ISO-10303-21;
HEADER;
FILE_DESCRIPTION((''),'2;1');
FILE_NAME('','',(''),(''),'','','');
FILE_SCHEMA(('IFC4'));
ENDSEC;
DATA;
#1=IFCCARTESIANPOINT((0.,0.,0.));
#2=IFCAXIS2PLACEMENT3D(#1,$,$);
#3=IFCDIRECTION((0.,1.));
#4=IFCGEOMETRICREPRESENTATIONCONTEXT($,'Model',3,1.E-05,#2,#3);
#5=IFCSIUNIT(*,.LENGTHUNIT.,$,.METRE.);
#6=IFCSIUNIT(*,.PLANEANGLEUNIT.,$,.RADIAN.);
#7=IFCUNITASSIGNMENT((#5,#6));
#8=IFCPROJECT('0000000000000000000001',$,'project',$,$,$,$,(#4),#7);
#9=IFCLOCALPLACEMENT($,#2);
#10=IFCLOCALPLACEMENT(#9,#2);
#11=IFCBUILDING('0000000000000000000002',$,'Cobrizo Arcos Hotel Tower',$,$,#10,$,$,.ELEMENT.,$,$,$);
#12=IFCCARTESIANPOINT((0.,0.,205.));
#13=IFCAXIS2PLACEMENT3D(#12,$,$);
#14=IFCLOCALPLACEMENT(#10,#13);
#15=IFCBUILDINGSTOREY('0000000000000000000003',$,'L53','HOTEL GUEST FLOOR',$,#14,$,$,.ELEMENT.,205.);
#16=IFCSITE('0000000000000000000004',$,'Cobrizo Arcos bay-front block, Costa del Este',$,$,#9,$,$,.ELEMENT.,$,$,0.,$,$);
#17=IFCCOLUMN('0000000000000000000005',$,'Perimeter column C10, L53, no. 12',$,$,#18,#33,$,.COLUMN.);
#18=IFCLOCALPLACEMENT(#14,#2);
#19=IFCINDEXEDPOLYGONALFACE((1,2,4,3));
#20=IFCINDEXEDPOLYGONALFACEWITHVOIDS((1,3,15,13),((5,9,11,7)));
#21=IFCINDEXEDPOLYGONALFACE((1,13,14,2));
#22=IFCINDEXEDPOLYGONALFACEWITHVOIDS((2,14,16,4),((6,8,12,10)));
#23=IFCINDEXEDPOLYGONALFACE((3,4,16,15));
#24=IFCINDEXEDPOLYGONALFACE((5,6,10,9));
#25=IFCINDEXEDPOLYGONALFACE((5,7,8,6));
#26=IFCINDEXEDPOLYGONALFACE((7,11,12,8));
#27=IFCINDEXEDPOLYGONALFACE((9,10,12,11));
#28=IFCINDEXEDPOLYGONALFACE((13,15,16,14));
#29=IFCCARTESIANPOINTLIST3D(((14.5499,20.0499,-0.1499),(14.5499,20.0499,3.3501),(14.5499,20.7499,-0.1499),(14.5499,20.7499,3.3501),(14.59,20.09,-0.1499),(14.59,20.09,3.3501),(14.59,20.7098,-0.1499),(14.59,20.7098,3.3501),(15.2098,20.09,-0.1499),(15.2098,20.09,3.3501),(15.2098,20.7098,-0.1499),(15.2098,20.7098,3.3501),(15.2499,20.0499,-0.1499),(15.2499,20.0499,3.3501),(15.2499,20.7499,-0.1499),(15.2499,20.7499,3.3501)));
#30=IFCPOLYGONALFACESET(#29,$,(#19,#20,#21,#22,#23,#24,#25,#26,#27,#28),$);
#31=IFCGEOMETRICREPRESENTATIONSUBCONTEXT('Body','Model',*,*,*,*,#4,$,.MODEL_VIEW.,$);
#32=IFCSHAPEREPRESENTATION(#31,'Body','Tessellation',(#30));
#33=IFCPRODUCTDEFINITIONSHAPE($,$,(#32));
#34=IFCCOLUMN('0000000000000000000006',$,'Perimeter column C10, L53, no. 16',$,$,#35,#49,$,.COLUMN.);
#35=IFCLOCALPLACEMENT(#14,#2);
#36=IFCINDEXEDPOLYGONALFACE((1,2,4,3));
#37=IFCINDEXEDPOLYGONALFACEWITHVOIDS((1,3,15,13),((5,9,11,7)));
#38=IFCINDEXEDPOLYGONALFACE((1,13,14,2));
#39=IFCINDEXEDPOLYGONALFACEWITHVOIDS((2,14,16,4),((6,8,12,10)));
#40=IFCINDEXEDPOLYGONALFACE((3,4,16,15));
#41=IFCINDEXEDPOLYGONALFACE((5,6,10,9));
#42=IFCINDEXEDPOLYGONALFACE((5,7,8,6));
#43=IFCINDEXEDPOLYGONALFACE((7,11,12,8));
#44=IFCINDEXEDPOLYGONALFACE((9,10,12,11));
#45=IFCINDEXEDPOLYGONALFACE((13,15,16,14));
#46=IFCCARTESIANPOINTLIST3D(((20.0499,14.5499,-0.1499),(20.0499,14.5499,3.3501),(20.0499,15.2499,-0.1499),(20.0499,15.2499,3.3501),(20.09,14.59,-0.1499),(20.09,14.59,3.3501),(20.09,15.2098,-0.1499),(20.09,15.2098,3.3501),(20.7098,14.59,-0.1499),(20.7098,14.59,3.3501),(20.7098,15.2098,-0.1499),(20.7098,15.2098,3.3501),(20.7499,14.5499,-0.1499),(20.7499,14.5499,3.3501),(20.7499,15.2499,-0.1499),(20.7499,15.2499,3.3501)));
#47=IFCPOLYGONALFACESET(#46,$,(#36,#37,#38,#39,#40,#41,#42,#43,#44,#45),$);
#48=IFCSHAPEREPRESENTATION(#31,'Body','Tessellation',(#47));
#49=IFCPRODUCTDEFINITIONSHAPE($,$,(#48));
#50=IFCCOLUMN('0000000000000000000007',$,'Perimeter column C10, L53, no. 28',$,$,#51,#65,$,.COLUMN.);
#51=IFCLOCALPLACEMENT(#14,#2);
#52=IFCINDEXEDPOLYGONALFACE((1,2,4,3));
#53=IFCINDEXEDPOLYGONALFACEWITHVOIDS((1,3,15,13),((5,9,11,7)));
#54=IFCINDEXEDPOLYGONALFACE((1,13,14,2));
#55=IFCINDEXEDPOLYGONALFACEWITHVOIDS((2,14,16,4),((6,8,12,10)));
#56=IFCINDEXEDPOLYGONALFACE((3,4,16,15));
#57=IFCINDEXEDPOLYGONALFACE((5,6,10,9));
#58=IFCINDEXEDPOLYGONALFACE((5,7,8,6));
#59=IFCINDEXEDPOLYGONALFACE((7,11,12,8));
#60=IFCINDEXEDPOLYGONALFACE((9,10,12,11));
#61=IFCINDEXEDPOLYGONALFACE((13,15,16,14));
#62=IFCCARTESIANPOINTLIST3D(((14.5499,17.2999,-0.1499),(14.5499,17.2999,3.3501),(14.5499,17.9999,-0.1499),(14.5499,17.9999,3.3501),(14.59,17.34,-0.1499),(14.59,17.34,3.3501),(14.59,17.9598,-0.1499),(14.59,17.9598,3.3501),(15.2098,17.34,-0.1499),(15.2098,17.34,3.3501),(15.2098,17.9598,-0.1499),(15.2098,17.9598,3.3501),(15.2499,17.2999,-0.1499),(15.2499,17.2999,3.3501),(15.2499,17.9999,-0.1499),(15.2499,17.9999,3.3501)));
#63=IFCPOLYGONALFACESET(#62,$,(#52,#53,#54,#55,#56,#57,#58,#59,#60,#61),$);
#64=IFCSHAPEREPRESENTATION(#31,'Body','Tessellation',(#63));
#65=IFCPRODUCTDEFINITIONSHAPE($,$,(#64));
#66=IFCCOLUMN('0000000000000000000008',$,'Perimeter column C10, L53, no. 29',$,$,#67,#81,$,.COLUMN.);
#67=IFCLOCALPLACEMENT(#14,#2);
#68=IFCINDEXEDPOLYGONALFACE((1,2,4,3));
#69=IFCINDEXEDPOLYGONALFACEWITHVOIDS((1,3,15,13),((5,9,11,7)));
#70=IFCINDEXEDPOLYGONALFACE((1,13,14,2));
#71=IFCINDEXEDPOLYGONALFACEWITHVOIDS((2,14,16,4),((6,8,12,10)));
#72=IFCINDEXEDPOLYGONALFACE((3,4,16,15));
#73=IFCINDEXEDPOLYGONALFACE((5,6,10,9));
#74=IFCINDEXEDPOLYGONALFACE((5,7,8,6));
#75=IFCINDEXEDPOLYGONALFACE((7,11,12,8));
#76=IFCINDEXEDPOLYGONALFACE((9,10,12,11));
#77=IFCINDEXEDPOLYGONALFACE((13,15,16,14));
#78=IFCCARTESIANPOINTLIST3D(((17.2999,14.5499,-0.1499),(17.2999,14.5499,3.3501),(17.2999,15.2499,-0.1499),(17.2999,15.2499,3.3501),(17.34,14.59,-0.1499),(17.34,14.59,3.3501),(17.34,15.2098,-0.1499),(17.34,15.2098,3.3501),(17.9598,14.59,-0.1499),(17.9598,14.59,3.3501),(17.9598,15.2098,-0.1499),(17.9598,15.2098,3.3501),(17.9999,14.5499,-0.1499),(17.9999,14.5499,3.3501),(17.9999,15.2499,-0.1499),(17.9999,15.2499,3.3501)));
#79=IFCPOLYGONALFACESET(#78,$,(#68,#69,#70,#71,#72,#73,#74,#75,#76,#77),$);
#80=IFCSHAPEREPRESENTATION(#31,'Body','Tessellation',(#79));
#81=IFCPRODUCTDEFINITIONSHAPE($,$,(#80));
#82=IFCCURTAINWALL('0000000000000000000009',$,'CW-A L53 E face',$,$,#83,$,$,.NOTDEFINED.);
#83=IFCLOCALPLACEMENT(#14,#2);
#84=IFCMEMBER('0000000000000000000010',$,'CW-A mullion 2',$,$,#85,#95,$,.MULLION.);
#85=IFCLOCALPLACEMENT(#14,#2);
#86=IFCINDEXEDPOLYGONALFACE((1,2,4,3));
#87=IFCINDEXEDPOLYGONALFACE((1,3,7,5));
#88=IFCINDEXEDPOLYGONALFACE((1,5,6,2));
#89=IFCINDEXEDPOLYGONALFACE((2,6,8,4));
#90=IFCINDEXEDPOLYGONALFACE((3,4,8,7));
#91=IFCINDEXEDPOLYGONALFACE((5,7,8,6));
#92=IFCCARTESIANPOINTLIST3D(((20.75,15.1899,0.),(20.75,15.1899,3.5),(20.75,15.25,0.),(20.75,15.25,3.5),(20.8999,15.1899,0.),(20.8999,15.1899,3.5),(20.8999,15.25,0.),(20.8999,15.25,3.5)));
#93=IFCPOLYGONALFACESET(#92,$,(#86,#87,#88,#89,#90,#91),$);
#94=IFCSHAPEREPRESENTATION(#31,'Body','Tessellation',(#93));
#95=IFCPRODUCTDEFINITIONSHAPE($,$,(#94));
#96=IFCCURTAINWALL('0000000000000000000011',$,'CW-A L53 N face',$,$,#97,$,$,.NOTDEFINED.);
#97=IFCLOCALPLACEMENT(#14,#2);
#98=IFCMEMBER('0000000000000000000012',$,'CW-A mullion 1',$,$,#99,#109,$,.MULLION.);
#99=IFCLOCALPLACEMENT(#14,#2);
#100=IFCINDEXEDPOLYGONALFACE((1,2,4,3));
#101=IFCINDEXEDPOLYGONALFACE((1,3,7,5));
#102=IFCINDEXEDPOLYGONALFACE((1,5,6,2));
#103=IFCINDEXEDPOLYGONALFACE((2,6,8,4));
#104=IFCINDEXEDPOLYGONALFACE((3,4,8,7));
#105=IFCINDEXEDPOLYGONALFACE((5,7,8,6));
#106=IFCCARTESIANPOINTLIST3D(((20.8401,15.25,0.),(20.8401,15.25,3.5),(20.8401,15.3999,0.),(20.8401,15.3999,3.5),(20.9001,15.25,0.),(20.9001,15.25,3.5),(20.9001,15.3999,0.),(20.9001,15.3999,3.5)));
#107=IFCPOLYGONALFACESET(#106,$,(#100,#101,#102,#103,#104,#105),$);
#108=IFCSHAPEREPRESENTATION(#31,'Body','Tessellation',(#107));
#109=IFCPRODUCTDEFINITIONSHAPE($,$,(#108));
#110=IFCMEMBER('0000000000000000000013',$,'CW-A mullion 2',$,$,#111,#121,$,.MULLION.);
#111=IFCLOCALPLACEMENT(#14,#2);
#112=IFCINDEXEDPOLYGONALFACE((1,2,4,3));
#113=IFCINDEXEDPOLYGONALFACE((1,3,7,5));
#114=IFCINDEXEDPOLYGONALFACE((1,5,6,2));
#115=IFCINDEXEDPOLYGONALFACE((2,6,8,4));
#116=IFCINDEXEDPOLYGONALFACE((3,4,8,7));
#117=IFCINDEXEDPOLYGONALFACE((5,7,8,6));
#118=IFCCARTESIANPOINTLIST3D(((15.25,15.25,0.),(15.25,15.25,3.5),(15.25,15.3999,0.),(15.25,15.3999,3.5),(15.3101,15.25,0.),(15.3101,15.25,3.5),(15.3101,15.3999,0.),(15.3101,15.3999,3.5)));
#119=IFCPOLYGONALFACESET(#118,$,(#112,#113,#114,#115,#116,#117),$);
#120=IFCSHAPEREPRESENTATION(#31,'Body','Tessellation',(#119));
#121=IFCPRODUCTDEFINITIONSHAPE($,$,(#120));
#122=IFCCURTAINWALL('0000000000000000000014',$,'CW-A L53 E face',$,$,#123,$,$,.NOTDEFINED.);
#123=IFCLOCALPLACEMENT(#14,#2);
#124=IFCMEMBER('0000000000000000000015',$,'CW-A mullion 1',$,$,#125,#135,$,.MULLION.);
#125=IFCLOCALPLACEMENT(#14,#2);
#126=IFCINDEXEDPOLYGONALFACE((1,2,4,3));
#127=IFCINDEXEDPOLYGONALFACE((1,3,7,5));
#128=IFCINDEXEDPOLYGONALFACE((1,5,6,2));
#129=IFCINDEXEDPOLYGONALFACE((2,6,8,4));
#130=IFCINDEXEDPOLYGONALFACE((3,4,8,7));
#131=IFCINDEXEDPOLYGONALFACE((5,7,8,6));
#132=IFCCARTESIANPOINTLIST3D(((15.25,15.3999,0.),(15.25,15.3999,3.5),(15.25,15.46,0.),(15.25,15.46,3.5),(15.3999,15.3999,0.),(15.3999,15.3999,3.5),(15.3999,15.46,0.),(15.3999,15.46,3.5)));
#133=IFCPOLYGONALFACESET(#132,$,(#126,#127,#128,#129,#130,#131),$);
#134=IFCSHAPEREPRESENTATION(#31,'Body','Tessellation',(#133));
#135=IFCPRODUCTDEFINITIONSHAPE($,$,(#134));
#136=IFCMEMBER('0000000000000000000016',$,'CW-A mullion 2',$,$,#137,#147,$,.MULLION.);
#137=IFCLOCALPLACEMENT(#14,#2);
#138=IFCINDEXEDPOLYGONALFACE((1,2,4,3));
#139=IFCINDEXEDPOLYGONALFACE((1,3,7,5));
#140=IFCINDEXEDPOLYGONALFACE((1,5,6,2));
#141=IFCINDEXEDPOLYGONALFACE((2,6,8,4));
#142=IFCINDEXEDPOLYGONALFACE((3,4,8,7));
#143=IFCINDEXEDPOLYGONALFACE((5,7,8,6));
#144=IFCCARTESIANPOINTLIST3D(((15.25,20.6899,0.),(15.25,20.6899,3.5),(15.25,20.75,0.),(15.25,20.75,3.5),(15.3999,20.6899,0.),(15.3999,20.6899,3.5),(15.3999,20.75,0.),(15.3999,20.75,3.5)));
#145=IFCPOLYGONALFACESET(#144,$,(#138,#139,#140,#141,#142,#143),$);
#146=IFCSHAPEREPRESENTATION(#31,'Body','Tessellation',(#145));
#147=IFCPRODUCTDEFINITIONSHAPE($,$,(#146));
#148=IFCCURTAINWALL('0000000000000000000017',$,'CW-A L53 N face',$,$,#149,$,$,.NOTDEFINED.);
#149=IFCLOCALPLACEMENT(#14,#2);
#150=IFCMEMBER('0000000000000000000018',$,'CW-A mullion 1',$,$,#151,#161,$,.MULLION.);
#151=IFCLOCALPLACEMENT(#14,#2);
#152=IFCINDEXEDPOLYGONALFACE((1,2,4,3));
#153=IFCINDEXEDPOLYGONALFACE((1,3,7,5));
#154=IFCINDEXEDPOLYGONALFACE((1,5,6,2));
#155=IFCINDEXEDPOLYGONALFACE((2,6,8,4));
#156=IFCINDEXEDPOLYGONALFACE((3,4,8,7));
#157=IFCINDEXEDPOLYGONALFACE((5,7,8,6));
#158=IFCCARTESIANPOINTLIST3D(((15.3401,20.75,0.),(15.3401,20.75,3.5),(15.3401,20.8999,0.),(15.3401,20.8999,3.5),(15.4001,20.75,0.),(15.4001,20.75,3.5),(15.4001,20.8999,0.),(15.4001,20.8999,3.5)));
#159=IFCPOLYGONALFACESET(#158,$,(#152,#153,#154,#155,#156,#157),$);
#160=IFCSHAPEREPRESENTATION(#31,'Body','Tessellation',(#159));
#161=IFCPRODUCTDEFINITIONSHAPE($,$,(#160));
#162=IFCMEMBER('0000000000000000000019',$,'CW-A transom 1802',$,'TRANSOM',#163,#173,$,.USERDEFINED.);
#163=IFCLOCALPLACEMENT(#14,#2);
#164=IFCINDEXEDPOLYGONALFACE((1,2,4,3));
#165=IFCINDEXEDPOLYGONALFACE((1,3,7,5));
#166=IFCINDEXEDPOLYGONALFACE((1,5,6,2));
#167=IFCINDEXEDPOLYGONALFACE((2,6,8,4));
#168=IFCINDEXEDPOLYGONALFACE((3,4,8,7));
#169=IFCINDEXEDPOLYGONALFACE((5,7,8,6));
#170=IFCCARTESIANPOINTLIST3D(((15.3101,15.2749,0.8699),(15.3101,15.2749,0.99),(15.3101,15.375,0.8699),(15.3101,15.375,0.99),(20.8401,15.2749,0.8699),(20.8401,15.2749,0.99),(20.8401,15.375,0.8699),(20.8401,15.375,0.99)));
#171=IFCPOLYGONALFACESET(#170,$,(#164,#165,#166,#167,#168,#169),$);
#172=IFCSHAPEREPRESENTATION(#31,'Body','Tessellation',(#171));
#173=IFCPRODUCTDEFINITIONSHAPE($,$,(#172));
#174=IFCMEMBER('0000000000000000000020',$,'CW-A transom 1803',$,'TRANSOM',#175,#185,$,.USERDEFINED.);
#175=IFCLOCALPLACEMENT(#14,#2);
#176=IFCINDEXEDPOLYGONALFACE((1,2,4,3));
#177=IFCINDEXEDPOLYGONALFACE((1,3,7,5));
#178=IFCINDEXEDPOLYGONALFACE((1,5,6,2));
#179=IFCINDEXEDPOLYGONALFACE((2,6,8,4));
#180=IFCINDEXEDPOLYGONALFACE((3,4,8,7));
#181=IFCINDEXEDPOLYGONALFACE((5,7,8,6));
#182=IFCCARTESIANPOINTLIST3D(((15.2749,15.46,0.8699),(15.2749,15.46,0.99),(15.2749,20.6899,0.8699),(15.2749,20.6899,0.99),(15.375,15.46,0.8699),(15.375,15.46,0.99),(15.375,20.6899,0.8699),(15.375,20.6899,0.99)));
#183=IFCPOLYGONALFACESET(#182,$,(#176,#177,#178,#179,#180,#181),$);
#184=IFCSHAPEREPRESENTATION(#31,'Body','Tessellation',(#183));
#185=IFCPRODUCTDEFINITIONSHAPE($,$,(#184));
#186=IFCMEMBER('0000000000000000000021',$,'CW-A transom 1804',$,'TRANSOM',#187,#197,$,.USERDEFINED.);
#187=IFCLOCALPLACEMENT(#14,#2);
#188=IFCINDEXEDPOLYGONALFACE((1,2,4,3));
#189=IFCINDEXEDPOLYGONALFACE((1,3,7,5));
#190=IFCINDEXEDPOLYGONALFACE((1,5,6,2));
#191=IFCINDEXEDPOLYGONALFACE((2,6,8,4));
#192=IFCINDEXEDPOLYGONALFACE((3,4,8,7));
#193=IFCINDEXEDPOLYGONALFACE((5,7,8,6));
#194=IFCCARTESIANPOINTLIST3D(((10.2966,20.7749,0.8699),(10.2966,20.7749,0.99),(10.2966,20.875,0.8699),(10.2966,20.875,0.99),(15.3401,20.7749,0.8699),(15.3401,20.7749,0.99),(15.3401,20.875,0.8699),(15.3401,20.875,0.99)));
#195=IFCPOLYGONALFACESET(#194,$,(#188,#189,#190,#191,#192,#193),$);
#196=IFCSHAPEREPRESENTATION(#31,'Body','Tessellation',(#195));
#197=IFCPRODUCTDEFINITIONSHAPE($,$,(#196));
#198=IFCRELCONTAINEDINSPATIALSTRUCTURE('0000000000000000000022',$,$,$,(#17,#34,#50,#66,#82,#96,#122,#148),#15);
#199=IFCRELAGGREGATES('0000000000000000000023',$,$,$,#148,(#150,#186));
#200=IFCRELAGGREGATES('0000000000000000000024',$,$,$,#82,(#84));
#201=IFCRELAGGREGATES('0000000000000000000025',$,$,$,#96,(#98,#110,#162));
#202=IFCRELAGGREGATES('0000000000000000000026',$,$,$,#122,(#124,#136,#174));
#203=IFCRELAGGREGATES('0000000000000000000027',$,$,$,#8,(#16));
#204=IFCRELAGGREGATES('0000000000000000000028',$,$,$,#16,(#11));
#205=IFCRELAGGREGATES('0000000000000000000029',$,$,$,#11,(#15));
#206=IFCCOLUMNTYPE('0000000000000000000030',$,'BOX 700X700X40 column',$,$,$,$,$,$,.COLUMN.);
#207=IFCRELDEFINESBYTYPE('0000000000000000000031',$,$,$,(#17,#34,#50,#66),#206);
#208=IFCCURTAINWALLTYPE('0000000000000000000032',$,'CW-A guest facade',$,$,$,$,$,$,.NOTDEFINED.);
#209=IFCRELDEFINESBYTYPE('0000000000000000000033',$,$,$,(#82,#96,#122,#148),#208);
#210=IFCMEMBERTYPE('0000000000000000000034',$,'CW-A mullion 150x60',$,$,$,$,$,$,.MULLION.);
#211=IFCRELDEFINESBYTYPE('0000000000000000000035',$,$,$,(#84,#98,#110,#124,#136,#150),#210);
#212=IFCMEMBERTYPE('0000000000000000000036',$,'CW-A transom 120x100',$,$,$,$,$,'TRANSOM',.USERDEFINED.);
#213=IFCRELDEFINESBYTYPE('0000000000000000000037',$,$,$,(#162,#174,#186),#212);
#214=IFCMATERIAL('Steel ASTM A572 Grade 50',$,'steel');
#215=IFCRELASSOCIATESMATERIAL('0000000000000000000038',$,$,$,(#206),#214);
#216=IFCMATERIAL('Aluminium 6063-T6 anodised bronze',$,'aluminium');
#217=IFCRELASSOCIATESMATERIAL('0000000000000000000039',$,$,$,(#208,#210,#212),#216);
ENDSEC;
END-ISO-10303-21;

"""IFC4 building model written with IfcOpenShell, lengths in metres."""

from ifc_helpers import new_model, si_unit, direction, frame, origin, origin_2d, place, context, subcontext, project, spatial, rectangle, hollow_rectangle, extrude, material, material_profile, profile_set, type_object, element, aggregate, save


model = new_model("IFC4")

# Units and contexts
model_context = context("Model", 3, precision=1e-05, world=origin(), true_north=direction((0.0, 1.0)))
body_context = subcontext(model_context, "Body", "Model", "MODEL_VIEW")
ifc_project = project(units=[si_unit("LENGTHUNIT", "METRE"), si_unit("PLANEANGLEUNIT", "RADIAN")], contexts=[model_context])

# Site, building, storey
site_placement = place(None, origin())
site = spatial("IfcSite", under=ifc_project, at=site_placement, Name="Cobrizo Arcos bay-front block, Costa del Este", CompositionType="ELEMENT", RefElevation=0.0)
building_placement = place(site_placement, origin())
building = spatial("IfcBuilding", under=site, at=building_placement, Name="Cobrizo Arcos Hotel Tower", CompositionType="ELEMENT")
storey_placement = place(building_placement, frame((0.0, 0.0, 205.0)))
storey = spatial("IfcBuildingStorey", under=building, at=storey_placement, Name="L53", Description="HOTEL GUEST FLOOR", CompositionType="ELEMENT", Elevation=205.0)

# Columns
ifc_material_1 = material(Name="Steel ASTM A572 Grade 50", Category="steel")
ifc_material_profile_1 = material_profile(ifc_material_1, hollow_rectangle(XDim=0.7, YDim=0.7, WallThickness=0.04, at=origin_2d()), Name="BOX 700X700X40")
ifc_profile_set_1 = profile_set([ifc_material_profile_1], Name="Steel ASTM A572 Grade 50")
column_type = type_object("IfcColumnType", Name="BOX 700X700X40 column", PredefinedType="COLUMN", material=ifc_profile_set_1)
for number, where, z_axis, x_axis, name in (
    (1, (14.8999, 20.3999, -0.1499), (0.0, 0.0, 1.0), (1.0, 0.0, 0.0), "Perimeter column C10, L53, no. 12"),
    (2, (20.3999, 14.8999, -0.1499), (0.0, 0.0, 1.0), (1.0, 0.0, 0.0), "Perimeter column C10, L53, no. 16"),
    (3, (14.8999, 17.6499, -0.1499), (0.0, 0.0, 1.0), (1.0, 0.0, 0.0), "Perimeter column C10, L53, no. 28"),
    (4, (17.6499, 14.8999, -0.1499), (0.0, 0.0, 1.0), (1.0, 0.0, 0.0), "Perimeter column C10, L53, no. 29"),
):
    element("IfcColumn", number, at=place(storey_placement, frame(where, z_axis=z_axis, x_axis=x_axis)), inside=storey, type_object=column_type, Name=name, PredefinedType="COLUMN", context=body_context, shape_type="SweptSolid", body=[
        extrude(hollow_rectangle(XDim=0.7, YDim=0.7, WallThickness=0.04, at=origin_2d()), origin(), (0.0, 0.0, 1.0), 3.5),
    ])

# Curtain wall, member
ifc_material_2 = material(Name="Aluminium 6063-T6 anodised bronze", Category="aluminium")
curtain_wall_type = type_object("IfcCurtainWallType", Name="CW-A guest facade", PredefinedType="NOTDEFINED", material=ifc_material_2)
curtain_wall_1_placement = place(storey_placement, origin())
curtain_wall_1 = element("IfcCurtainWall", 5, at=curtain_wall_1_placement, inside=storey, type_object=curtain_wall_type, Name="CW-A L53 E face", PredefinedType="NOTDEFINED")
ifc_material_profile_2 = material_profile(ifc_material_2, rectangle(XDim=0.1499, YDim=0.0601, at=origin_2d()), Name="CW-A mullion 150x60")
ifc_profile_set_2 = profile_set([ifc_material_profile_2], Name="Aluminium 6063-T6 anodised bronze")
member_type_1 = type_object("IfcMemberType", Name="CW-A mullion 150x60", PredefinedType="MULLION", material=ifc_profile_set_2)
member_1_placement = place(storey_placement, frame((20.825, 15.22, 0.0), z_axis=(0.0, 0.0, 1.0), x_axis=(1.0, 0.0, 0.0)))
member_1 = element("IfcMember", 6, at=member_1_placement, type_object=member_type_1, Name="CW-A mullion 2", PredefinedType="MULLION", context=body_context, shape_type="SweptSolid", body=[
    extrude(rectangle(XDim=0.1499, YDim=0.0601, at=origin_2d()), origin(), (0.0, 0.0, 1.0), 3.5),
])

# Curtain walls, members
curtain_wall_2_placement = place(storey_placement, origin())
curtain_wall_2 = element("IfcCurtainWall", 7, at=curtain_wall_2_placement, inside=storey, type_object=curtain_wall_type, Name="CW-A L53 N face", PredefinedType="NOTDEFINED")
member_2_placement = place(storey_placement, frame((20.8701, 15.325, 0.0), z_axis=(0.0, 0.0, 1.0), x_axis=(0.0, 1.0, 0.0)))
member_2 = element("IfcMember", 8, at=member_2_placement, type_object=member_type_1, Name="CW-A mullion 1", PredefinedType="MULLION", context=body_context, shape_type="SweptSolid", body=[
    extrude(rectangle(XDim=0.1499, YDim=0.0601, at=origin_2d()), origin(), (0.0, 0.0, 1.0), 3.5),
])
member_3_placement = place(storey_placement, frame((15.28, 15.325, 0.0), z_axis=(0.0, 0.0, 1.0), x_axis=(0.0, 1.0, 0.0)))
member_3 = element("IfcMember", 9, at=member_3_placement, type_object=member_type_1, Name="CW-A mullion 2", PredefinedType="MULLION", context=body_context, shape_type="SweptSolid", body=[
    extrude(rectangle(XDim=0.1499, YDim=0.0601, at=origin_2d()), origin(), (0.0, 0.0, 1.0), 3.5),
])
curtain_wall_3_placement = place(storey_placement, origin())
curtain_wall_3 = element("IfcCurtainWall", 10, at=curtain_wall_3_placement, inside=storey, type_object=curtain_wall_type, Name="CW-A L53 E face", PredefinedType="NOTDEFINED")
member_4_placement = place(storey_placement, frame((15.325, 15.4299, 0.0), z_axis=(0.0, 0.0, 1.0), x_axis=(1.0, 0.0, 0.0)))
member_4 = element("IfcMember", 11, at=member_4_placement, type_object=member_type_1, Name="CW-A mullion 1", PredefinedType="MULLION", context=body_context, shape_type="SweptSolid", body=[
    extrude(rectangle(XDim=0.1499, YDim=0.0601, at=origin_2d()), origin(), (0.0, 0.0, 1.0), 3.5),
])
member_5_placement = place(storey_placement, frame((15.325, 20.72, 0.0), z_axis=(0.0, 0.0, 1.0), x_axis=(1.0, 0.0, 0.0)))
member_5 = element("IfcMember", 12, at=member_5_placement, type_object=member_type_1, Name="CW-A mullion 2", PredefinedType="MULLION", context=body_context, shape_type="SweptSolid", body=[
    extrude(rectangle(XDim=0.1499, YDim=0.0601, at=origin_2d()), origin(), (0.0, 0.0, 1.0), 3.5),
])

# Curtain wall, member
curtain_wall_4_placement = place(storey_placement, origin())
curtain_wall_4 = element("IfcCurtainWall", 13, at=curtain_wall_4_placement, inside=storey, type_object=curtain_wall_type, Name="CW-A L53 N face", PredefinedType="NOTDEFINED")
member_6_placement = place(storey_placement, frame((15.3701, 20.825, 0.0), z_axis=(0.0, 0.0, 1.0), x_axis=(0.0, 1.0, 0.0)))
member_6 = element("IfcMember", 14, at=member_6_placement, type_object=member_type_1, Name="CW-A mullion 1", PredefinedType="MULLION", context=body_context, shape_type="SweptSolid", body=[
    extrude(rectangle(XDim=0.1499, YDim=0.0601, at=origin_2d()), origin(), (0.0, 0.0, 1.0), 3.5),
])

# Members
ifc_material_profile_3 = material_profile(ifc_material_2, rectangle(XDim=0.1001, YDim=0.1201, at=origin_2d()), Name="CW-A transom 120x100")
ifc_profile_set_3 = profile_set([ifc_material_profile_3], Name="Aluminium 6063-T6 anodised bronze")
member_type_2 = type_object("IfcMemberType", Name="CW-A transom 120x100", ElementType="TRANSOM", PredefinedType="USERDEFINED", material=ifc_profile_set_3)
member_7_placement = place(storey_placement, frame((20.8401, 15.325, 0.9299), z_axis=(-1.0, 0.0, 0.0), x_axis=(0.0, -1.0, 0.0)))
member_7 = element("IfcMember", 15, at=member_7_placement, type_object=member_type_2, Name="CW-A transom 1802", ObjectType="TRANSOM", PredefinedType="USERDEFINED", context=body_context, shape_type="SweptSolid", body=[
    extrude(rectangle(XDim=0.1001, YDim=0.1201, at=origin_2d()), origin(), (0.0, 0.0, 1.0), 5.53),
])
member_8_placement = place(storey_placement, frame((15.325, 15.46, 0.9299), z_axis=(0.0, 1.0, 0.0), x_axis=(-1.0, 0.0, 0.0)))
member_8 = element("IfcMember", 16, at=member_8_placement, type_object=member_type_2, Name="CW-A transom 1803", ObjectType="TRANSOM", PredefinedType="USERDEFINED", context=body_context, shape_type="SweptSolid", body=[
    extrude(rectangle(XDim=0.1001, YDim=0.1201, at=origin_2d()), origin(), (0.0, 0.0, 1.0), 5.23),
])
member_9_placement = place(storey_placement, frame((15.3401, 20.825, 0.9299), z_axis=(-1.0, 0.0, 0.0), x_axis=(0.0, -1.0, 0.0)))
member_9 = element("IfcMember", 17, at=member_9_placement, type_object=member_type_2, Name="CW-A transom 1804", ObjectType="TRANSOM", PredefinedType="USERDEFINED", context=body_context, shape_type="SweptSolid", body=[
    extrude(rectangle(XDim=0.1001, YDim=0.1201, at=origin_2d()), origin(), (0.0, 0.0, 1.0), 5.0435),
])
aggregate(curtain_wall_4, [member_6, member_9])

aggregate(curtain_wall_1, [member_1])
aggregate(curtain_wall_2, [member_2, member_3, member_7])
aggregate(curtain_wall_3, [member_4, member_5, member_8])

save(model, "model.ifc")
